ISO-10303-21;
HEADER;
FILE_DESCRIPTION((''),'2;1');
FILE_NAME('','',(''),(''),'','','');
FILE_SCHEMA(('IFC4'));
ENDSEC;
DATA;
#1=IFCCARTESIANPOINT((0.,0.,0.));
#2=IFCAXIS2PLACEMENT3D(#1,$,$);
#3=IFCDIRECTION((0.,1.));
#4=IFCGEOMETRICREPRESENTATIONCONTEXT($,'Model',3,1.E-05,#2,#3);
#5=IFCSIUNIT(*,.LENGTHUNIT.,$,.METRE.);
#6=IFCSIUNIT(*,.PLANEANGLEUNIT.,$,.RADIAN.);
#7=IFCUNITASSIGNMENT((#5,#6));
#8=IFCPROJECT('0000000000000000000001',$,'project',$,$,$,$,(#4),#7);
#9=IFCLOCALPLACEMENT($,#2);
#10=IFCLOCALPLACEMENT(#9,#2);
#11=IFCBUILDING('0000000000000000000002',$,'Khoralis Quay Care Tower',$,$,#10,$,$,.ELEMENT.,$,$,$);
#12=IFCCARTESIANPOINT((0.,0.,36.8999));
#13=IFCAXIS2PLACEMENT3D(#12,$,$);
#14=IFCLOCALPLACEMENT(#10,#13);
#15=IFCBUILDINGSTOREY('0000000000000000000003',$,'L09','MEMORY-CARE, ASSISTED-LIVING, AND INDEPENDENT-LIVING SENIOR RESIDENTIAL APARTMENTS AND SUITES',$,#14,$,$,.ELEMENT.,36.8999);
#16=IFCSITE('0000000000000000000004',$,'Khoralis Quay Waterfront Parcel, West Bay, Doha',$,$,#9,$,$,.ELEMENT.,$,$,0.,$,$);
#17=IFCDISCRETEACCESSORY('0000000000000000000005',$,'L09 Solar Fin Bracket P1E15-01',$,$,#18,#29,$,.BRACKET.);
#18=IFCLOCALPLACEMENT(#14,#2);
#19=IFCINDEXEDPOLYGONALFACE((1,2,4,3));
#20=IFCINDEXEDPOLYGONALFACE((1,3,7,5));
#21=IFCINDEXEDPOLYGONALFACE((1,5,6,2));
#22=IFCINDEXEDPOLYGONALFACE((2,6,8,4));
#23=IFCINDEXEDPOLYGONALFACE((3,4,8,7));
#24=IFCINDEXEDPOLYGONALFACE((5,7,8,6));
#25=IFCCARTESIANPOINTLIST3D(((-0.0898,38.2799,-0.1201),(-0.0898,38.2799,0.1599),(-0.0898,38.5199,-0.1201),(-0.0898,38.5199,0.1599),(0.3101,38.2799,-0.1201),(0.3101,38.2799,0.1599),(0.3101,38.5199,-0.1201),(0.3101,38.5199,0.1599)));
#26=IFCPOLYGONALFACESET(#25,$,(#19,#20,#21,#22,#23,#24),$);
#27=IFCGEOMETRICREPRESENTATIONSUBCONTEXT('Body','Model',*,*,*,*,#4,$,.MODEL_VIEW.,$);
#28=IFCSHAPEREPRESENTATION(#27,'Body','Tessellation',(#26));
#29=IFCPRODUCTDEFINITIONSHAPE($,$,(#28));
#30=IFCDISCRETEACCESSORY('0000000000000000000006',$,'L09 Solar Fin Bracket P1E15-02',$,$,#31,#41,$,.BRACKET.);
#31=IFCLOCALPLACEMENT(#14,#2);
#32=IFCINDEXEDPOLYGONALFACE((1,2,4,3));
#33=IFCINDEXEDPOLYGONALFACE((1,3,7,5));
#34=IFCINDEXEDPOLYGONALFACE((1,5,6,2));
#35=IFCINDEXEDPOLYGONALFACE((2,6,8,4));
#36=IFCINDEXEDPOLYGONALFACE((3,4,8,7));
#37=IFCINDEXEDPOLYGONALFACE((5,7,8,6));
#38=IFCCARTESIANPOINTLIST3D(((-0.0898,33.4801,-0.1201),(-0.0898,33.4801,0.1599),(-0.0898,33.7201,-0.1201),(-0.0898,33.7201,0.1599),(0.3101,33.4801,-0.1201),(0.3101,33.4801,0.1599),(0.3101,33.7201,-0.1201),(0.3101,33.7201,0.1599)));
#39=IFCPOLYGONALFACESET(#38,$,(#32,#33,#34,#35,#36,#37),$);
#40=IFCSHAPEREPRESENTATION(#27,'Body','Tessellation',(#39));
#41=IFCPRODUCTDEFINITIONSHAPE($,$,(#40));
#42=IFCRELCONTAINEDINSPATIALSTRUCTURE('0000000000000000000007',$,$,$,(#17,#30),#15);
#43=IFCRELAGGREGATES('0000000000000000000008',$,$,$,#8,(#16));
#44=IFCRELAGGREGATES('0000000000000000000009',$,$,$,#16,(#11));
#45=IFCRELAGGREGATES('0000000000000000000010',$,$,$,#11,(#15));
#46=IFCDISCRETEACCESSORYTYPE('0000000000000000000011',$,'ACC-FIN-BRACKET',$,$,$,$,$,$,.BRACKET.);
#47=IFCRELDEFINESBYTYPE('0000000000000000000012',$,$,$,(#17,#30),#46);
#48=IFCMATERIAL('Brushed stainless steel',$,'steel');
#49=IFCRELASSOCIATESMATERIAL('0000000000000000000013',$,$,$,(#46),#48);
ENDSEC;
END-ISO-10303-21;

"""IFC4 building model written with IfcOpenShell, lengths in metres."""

from ifc_helpers import new_model, si_unit, direction, frame, origin, origin_2d, place, context, subcontext, project, spatial, rectangle, extrude, source, transform, mapped, material, type_object, element, save


model = new_model("IFC4")

# Units and contexts
model_context = context("Model", 3, precision=1e-05, world=origin(), true_north=direction((0.0, 1.0)))
body_context = subcontext(model_context, "Body", "Model", "MODEL_VIEW")
ifc_project = project(units=[si_unit("LENGTHUNIT", "METRE"), si_unit("PLANEANGLEUNIT", "RADIAN")], contexts=[model_context])

# Site, building, storey
site_placement = place(None, origin())
site = spatial("IfcSite", under=ifc_project, at=site_placement, Name="Khoralis Quay Waterfront Parcel, West Bay, Doha", CompositionType="ELEMENT", RefElevation=0.0)
building_placement = place(site_placement, origin())
building = spatial("IfcBuilding", under=site, at=building_placement, Name="Khoralis Quay Care Tower", CompositionType="ELEMENT")
storey_placement = place(building_placement, frame((0.0, 0.0, 36.8999)))
storey = spatial("IfcBuildingStorey", under=building, at=storey_placement, Name="L09", Description="MEMORY-CARE, ASSISTED-LIVING, AND INDEPENDENT-LIVING SENIOR RESIDENTIAL APARTMENTS AND SUITES", CompositionType="ELEMENT", Elevation=36.8999)

# Discrete accessories
ifc_material_1 = material(Name="Brushed stainless steel", Category="steel")
discrete_accessory_type = type_object("IfcDiscreteAccessoryType", Name="ACC-FIN-BRACKET", PredefinedType="BRACKET", material=ifc_material_1)
shared_shape_1 = source(origin(), body_context, "Body", "SweptSolid", [
    extrude(rectangle(XDim=0.3999, YDim=0.24, at=origin_2d()), origin(), (0.0, 0.0, 1.0), 0.28),
])
for number, where, z_axis, x_axis, name in (
    (1, (0.1101, 38.3999, -0.1201), (0.0, 0.0, 1.0), (-1.0, 0.0, 0.0), "L09 Solar Fin Bracket P1E15-01"),
    (2, (0.1101, 33.6001, -0.1201), (0.0, 0.0, 1.0), (-1.0, 0.0, 0.0), "L09 Solar Fin Bracket P1E15-02"),
):
    element("IfcDiscreteAccessory", number, at=place(storey_placement, frame(where, z_axis=z_axis, x_axis=x_axis)), inside=storey, type_object=discrete_accessory_type, Name=name, PredefinedType="BRACKET", context=body_context, shape_type="MappedRepresentation", body=[
        mapped(shared_shape_1, transform((0.0, 0.0, 0.0), scale=1.0)),
    ])

save(model, "model.ifc")
